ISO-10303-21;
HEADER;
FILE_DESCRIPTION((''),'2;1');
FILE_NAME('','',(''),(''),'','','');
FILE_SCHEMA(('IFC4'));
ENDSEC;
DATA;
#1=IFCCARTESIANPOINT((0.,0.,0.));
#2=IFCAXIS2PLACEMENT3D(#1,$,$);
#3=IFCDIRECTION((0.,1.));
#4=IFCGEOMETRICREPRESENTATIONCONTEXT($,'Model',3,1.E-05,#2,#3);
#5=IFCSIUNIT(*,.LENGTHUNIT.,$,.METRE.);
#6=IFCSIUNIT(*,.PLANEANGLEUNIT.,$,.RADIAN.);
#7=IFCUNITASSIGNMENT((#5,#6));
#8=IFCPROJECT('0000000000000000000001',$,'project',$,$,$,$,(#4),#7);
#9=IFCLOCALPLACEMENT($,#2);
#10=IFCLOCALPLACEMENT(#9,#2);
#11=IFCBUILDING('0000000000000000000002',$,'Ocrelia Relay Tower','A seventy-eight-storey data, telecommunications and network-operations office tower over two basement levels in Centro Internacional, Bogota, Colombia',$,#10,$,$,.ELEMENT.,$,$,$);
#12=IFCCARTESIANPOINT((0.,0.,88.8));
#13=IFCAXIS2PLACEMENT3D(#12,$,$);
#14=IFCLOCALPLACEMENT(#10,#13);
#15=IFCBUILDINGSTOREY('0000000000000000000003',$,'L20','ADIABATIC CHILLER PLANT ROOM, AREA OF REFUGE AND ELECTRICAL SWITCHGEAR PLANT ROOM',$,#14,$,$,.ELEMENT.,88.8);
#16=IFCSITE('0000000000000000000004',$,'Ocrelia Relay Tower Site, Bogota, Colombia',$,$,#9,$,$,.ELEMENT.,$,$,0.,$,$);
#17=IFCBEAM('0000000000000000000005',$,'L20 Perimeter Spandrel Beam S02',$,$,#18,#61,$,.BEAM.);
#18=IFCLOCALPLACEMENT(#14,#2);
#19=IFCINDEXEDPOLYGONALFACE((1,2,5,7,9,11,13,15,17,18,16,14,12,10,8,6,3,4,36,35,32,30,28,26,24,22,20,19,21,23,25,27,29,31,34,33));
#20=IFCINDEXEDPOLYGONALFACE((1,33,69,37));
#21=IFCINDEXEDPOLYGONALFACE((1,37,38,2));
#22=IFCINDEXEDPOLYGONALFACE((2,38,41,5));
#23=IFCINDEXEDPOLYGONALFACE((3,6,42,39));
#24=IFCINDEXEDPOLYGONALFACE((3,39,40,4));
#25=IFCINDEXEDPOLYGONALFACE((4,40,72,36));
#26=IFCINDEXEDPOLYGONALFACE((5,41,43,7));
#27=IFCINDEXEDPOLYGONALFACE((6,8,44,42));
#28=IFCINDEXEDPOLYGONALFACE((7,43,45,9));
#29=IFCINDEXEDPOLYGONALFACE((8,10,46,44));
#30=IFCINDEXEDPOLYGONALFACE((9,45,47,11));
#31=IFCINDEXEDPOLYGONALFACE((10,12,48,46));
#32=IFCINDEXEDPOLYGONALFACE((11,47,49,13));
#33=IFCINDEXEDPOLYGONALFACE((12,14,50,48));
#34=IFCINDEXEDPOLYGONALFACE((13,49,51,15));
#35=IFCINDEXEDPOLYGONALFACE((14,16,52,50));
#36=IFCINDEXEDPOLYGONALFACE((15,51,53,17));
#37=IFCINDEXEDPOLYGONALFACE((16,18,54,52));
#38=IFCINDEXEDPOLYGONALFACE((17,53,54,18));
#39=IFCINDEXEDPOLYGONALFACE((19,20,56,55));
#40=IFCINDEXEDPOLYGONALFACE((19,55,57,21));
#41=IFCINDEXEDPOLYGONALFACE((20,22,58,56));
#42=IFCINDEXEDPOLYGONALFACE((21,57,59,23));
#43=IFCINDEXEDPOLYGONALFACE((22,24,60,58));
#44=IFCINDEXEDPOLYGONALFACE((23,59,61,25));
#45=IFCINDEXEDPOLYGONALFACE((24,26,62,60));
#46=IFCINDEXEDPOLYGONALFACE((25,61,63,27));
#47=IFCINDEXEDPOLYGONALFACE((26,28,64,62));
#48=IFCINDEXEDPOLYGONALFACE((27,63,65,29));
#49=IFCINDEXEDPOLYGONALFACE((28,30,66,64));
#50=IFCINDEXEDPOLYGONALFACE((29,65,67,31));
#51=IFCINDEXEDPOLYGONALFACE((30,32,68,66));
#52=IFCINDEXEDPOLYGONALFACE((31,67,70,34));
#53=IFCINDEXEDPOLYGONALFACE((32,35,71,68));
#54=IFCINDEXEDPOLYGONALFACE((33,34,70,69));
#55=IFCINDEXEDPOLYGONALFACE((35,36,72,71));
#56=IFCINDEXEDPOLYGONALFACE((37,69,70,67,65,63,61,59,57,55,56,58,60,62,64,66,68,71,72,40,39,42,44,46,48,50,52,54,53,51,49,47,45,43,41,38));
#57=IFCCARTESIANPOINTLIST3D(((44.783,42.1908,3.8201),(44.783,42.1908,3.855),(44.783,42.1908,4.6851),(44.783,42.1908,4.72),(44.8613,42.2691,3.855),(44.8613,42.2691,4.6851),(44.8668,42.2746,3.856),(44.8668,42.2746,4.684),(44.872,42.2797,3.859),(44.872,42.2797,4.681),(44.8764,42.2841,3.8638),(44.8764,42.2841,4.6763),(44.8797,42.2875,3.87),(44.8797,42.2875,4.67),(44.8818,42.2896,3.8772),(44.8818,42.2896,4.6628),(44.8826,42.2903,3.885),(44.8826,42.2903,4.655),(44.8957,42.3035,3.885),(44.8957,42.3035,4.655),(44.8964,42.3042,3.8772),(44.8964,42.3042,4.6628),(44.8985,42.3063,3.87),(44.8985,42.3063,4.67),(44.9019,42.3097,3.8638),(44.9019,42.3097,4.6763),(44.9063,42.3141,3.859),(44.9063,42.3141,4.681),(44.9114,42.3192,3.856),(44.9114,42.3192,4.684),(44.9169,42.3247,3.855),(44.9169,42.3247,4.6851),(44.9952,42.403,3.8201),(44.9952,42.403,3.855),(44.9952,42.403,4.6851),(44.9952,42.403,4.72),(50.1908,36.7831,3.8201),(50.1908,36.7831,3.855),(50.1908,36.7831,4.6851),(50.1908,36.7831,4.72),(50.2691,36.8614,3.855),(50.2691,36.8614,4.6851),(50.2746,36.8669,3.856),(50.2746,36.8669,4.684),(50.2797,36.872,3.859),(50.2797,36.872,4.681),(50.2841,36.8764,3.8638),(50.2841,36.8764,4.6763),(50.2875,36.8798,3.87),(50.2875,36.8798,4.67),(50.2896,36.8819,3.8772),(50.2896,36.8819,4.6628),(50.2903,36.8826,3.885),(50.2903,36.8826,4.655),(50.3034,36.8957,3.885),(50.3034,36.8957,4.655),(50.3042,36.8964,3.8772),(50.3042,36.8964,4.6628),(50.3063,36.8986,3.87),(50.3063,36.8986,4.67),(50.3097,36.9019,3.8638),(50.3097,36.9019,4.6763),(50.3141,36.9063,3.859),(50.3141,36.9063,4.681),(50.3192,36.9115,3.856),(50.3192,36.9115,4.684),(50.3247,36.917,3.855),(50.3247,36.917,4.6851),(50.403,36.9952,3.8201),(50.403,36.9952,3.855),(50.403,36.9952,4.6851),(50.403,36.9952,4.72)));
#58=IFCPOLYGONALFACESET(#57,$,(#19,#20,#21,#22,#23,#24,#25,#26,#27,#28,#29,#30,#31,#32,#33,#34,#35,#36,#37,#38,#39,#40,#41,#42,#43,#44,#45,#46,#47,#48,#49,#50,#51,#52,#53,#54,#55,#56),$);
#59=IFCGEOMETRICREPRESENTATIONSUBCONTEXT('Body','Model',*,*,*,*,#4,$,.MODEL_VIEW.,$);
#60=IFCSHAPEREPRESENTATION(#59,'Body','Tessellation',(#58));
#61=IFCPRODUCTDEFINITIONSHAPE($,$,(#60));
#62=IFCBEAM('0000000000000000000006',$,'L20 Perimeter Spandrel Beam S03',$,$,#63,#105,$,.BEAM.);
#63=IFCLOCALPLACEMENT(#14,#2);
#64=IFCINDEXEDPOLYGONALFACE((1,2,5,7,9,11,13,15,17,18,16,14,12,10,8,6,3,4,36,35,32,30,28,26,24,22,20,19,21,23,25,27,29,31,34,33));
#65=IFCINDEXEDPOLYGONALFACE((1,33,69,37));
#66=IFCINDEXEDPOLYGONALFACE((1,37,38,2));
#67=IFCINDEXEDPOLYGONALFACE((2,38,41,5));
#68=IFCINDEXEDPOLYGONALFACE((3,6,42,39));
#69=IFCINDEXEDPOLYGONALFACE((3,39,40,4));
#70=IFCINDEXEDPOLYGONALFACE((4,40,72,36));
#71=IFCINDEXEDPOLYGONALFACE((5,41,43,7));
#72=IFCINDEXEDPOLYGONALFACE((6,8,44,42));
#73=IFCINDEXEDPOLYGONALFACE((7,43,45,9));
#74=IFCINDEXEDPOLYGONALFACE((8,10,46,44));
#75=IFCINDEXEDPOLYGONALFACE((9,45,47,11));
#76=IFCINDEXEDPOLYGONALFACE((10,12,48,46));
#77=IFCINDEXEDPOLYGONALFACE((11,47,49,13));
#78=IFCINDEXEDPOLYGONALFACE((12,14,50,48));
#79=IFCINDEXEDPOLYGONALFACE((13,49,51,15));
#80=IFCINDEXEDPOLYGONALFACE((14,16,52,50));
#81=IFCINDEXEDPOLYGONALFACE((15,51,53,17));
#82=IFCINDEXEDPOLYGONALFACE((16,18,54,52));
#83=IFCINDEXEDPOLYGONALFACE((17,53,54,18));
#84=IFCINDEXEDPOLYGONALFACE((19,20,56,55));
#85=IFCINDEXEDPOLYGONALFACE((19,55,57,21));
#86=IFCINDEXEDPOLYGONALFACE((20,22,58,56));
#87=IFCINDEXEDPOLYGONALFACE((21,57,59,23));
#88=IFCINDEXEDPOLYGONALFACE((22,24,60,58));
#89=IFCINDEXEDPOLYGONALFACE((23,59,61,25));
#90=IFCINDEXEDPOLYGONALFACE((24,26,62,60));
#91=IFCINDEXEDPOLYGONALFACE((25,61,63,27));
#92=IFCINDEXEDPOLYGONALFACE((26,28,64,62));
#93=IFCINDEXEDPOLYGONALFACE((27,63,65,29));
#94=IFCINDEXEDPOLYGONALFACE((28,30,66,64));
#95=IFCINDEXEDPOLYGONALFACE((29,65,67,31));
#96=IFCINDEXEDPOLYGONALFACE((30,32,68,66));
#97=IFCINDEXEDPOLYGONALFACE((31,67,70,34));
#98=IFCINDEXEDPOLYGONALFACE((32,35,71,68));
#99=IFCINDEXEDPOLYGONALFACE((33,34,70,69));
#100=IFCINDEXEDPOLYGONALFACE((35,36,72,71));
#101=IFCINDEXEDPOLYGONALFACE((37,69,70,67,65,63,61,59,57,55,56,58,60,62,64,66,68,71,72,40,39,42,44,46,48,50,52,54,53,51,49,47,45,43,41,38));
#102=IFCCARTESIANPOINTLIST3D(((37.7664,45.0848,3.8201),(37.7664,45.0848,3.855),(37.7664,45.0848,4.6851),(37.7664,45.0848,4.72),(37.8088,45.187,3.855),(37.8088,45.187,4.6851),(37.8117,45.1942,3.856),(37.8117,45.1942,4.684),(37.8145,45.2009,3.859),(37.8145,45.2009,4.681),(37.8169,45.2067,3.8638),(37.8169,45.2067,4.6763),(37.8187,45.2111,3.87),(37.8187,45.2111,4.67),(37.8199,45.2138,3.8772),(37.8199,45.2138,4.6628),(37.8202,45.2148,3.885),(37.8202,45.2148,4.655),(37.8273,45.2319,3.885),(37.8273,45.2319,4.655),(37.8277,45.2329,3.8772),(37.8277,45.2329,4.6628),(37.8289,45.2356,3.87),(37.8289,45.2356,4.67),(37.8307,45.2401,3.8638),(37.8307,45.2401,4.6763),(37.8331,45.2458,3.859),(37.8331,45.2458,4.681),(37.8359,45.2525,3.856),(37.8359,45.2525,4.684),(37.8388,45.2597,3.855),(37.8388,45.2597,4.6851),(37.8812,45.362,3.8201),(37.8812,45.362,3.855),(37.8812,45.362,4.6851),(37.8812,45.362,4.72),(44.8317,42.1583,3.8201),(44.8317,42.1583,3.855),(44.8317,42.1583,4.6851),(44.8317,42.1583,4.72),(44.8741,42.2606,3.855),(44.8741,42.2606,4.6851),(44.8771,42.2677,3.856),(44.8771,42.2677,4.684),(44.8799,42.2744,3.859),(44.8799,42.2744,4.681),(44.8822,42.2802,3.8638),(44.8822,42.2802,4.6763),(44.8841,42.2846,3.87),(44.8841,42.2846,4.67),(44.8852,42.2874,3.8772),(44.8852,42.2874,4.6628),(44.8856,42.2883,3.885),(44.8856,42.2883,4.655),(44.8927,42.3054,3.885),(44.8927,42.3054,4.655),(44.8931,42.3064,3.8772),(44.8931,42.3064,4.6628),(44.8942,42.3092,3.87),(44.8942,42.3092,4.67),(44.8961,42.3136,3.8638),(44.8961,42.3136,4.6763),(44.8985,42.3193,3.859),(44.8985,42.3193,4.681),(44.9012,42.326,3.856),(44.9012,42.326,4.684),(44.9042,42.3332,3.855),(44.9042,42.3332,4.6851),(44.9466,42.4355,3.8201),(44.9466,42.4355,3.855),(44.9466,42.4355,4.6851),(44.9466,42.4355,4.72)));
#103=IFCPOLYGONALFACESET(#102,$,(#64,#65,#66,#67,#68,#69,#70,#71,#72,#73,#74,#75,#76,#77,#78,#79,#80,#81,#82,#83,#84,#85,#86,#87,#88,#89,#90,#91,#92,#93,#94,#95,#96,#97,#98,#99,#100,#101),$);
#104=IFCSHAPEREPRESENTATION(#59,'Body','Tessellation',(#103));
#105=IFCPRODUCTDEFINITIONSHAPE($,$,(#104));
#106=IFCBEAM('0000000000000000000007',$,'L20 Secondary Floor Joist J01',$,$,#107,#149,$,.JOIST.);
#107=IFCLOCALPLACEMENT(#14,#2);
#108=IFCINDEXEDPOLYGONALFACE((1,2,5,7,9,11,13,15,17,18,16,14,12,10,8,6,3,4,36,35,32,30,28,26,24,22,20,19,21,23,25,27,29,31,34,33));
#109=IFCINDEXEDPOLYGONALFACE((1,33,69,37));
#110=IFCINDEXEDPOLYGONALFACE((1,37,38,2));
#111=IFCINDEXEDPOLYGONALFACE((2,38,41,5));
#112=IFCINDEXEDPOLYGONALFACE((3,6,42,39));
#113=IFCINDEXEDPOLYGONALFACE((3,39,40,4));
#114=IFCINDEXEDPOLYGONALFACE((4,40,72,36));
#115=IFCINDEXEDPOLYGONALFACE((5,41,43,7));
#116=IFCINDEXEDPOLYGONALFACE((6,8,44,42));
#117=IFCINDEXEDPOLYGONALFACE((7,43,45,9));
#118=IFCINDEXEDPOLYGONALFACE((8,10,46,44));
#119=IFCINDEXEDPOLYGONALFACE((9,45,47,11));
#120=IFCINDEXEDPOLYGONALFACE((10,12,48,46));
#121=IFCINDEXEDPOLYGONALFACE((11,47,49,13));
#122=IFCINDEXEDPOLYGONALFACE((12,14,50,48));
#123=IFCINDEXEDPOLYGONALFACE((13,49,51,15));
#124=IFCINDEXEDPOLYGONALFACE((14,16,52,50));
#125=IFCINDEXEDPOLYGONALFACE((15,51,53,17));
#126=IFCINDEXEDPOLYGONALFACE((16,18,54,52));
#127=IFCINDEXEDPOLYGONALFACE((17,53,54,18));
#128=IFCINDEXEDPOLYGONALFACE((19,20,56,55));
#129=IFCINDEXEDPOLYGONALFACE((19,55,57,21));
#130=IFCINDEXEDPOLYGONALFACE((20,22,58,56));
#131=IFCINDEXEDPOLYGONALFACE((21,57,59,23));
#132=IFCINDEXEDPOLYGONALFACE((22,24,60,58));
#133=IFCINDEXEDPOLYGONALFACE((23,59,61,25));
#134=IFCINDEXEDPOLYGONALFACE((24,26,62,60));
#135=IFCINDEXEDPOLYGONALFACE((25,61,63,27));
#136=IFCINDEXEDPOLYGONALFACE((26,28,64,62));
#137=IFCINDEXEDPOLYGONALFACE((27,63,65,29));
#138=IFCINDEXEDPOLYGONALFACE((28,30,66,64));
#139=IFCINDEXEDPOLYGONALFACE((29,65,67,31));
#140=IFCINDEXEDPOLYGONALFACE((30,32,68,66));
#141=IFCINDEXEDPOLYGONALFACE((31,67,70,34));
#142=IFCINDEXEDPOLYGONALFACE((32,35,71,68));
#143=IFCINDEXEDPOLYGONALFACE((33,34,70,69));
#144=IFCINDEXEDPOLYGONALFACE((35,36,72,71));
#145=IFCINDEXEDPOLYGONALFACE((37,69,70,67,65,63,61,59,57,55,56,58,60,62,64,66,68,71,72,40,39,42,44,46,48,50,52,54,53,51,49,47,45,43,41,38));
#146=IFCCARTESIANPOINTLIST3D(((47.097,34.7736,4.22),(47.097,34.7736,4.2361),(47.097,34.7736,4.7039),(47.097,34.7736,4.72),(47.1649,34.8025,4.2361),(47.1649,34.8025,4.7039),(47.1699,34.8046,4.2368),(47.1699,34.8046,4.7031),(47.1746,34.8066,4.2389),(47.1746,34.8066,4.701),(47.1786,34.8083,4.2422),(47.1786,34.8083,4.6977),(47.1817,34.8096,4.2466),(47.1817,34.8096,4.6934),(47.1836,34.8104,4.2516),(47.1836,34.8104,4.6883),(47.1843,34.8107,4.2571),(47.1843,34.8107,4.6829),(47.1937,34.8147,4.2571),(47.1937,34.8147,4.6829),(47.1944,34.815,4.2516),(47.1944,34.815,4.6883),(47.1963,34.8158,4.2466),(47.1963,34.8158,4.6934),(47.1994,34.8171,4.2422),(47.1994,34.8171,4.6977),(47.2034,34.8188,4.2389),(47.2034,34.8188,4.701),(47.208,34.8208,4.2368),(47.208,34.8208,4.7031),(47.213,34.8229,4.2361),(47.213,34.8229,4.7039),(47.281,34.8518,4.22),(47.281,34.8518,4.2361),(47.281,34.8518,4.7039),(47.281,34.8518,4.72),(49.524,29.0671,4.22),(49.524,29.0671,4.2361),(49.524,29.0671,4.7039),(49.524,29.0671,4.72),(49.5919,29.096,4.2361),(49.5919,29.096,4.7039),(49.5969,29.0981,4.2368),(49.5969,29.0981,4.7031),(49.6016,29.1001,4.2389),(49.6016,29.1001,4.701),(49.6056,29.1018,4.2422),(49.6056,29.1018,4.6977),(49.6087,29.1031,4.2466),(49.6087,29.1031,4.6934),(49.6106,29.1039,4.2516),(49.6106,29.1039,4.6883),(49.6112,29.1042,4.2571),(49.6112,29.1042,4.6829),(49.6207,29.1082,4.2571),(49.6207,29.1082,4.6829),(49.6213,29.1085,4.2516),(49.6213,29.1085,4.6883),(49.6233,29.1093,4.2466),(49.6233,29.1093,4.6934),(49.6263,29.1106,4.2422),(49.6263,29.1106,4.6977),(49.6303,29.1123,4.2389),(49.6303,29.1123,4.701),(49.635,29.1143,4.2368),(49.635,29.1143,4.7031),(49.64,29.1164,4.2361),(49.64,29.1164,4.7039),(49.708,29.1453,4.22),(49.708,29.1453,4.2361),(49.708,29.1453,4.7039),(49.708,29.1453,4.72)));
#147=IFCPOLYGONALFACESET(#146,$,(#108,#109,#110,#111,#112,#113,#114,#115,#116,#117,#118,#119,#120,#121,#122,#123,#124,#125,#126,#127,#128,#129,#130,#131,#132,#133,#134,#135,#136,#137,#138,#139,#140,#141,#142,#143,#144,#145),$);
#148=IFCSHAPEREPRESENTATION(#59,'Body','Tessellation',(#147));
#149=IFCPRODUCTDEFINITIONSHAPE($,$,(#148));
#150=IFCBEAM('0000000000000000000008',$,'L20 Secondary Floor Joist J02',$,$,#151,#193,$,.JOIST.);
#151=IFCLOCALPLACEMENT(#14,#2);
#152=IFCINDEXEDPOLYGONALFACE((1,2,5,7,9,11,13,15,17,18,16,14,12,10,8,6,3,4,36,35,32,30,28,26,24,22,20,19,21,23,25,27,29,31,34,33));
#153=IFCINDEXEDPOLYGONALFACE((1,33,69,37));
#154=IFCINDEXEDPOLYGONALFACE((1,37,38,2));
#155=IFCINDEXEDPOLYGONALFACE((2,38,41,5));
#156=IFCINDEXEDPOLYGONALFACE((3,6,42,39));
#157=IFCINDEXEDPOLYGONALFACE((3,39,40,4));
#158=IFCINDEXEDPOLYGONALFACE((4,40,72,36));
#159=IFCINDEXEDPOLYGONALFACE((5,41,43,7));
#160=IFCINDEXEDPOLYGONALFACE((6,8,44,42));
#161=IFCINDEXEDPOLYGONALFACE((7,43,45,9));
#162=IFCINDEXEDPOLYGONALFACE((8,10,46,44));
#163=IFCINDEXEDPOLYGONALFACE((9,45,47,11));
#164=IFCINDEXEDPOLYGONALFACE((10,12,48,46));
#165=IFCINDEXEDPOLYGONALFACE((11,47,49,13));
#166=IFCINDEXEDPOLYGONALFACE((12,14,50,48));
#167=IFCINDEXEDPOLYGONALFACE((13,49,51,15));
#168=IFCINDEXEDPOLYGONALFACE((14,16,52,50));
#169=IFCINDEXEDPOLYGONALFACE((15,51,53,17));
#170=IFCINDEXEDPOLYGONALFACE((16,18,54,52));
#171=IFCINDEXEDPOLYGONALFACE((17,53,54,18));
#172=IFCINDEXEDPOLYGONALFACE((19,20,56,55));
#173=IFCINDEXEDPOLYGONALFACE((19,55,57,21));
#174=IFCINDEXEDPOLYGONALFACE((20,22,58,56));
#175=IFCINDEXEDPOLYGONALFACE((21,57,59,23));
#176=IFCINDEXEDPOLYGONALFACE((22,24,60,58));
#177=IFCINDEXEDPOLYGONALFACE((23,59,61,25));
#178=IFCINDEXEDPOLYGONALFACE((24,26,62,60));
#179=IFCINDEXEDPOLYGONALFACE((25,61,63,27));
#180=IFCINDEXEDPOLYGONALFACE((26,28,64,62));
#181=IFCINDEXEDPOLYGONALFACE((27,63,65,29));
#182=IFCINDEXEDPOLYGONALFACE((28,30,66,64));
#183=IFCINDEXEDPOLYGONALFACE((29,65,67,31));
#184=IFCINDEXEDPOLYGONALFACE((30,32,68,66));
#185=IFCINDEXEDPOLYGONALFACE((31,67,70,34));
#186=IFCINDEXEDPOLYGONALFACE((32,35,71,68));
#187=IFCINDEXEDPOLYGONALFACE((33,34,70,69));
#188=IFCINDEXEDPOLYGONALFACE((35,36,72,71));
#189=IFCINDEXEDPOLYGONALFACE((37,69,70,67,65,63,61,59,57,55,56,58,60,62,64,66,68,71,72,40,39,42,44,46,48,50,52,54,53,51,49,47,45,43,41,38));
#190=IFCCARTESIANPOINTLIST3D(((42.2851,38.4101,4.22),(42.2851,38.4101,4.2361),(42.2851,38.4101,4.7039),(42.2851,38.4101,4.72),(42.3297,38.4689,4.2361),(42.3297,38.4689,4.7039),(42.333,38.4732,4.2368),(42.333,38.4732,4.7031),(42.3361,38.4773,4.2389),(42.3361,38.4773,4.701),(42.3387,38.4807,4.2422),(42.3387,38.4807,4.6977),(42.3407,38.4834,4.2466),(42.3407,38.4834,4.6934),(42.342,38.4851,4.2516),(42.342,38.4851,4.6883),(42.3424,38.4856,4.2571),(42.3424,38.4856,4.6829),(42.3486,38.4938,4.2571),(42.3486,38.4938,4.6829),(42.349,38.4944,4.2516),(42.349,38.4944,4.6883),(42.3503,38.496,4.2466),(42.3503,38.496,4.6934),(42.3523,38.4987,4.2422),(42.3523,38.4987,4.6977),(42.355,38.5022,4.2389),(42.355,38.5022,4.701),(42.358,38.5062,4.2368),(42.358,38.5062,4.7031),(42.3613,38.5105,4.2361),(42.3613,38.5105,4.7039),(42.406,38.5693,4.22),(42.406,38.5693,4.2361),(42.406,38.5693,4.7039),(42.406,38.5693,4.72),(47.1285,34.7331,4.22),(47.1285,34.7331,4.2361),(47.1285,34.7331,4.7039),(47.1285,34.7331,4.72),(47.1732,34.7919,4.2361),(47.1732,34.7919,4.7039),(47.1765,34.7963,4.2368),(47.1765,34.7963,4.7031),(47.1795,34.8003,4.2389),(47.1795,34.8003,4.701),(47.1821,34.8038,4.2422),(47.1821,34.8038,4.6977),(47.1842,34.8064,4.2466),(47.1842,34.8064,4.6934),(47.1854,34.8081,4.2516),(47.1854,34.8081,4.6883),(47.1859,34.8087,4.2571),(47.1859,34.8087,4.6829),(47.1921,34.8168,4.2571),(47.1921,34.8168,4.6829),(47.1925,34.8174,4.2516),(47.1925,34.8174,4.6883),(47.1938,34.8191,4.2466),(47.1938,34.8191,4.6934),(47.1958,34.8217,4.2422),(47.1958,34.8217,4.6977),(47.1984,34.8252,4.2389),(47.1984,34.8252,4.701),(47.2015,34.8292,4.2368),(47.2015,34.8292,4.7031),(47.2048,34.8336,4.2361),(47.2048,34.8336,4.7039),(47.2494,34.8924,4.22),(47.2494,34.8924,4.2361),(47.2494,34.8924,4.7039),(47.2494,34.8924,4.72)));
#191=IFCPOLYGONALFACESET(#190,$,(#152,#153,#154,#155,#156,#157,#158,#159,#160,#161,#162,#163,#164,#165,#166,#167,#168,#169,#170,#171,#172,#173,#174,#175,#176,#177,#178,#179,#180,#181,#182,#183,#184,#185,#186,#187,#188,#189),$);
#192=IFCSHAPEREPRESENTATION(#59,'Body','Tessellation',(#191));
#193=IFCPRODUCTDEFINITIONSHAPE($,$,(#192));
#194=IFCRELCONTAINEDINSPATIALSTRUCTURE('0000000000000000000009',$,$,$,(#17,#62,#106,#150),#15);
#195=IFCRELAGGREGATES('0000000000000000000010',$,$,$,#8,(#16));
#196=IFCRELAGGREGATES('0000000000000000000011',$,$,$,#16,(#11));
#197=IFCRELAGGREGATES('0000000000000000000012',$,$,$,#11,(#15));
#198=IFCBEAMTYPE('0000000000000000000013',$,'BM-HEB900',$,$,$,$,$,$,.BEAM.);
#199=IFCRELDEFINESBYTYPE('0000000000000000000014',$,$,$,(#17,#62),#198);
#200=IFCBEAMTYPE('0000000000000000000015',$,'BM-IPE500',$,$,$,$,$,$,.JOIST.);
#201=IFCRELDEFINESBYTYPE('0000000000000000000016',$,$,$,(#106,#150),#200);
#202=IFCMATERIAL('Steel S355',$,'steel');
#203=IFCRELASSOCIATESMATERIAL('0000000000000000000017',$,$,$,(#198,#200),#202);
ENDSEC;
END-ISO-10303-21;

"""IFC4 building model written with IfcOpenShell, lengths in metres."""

from ifc_helpers import new_model, si_unit, direction, frame, origin, origin_2d, place, context, subcontext, project, spatial, i_section, extrude, material, material_profile, profile_set, type_object, element, save


model = new_model("IFC4")

# Units and contexts
model_context = context("Model", 3, precision=1e-05, world=origin(), true_north=direction((0.0, 1.0)))
body_context = subcontext(model_context, "Body", "Model", "MODEL_VIEW")
ifc_project = project(units=[si_unit("LENGTHUNIT", "METRE"), si_unit("PLANEANGLEUNIT", "RADIAN")], contexts=[model_context])

# Site, building, storey
site_placement = place(None, origin())
site = spatial("IfcSite", under=ifc_project, at=site_placement, Name="Ocrelia Relay Tower Site, Bogota, Colombia", CompositionType="ELEMENT", RefElevation=0.0)
building_placement = place(site_placement, origin())
building = spatial("IfcBuilding", under=site, at=building_placement, Name="Ocrelia Relay Tower", Description="A seventy-eight-storey data, telecommunications and network-operations office tower over two basement levels in Centro Internacional, Bogota, Colombia", CompositionType="ELEMENT")
storey_placement = place(building_placement, frame((0.0, 0.0, 88.8)))
storey = spatial("IfcBuildingStorey", under=building, at=storey_placement, Name="L20", Description="ADIABATIC CHILLER PLANT ROOM, AREA OF REFUGE AND ELECTRICAL SWITCHGEAR PLANT ROOM", CompositionType="ELEMENT", Elevation=88.8)

# Beams
ifc_material_1 = material(Name="Steel S355", Category="steel")
ifc_material_profile_1 = material_profile(ifc_material_1, i_section(OverallWidth=0.3, OverallDepth=0.8999, WebThickness=0.0186, FlangeThickness=0.0349, FilletRadius=0.03, at=origin_2d()), Name="HEB 900")
ifc_profile_set_1 = profile_set([ifc_material_profile_1], Name="Steel S355")
beam_type_1 = type_object("IfcBeamType", Name="BM-HEB900", PredefinedType="BEAM", material=ifc_profile_set_1)
beam_1_placement = place(storey_placement, frame((50.2969, 36.8892, 4.27), z_axis=(-0.707107, 0.707107, 0.0), x_axis=(-0.707107, -0.707107, 0.0)))
element("IfcBeam", 1, at=beam_1_placement, inside=storey, type_object=beam_type_1, Name="L20 Perimeter Spandrel Beam S02", PredefinedType="BEAM", context=body_context, shape_type="SweptSolid", body=[
    extrude(i_section(OverallWidth=0.3, OverallDepth=0.8999, WebThickness=0.0186, FlangeThickness=0.0349, FilletRadius=0.03, at=origin_2d()), origin(), (0.0, 0.0, 1.0), 7.6477),
])
beam_2_placement = place(storey_placement, frame((44.8892, 42.2969, 4.27), z_axis=(-0.923883, 0.382674, 0.0), x_axis=(-0.382674, -0.923883, 0.0)))
element("IfcBeam", 2, at=beam_2_placement, inside=storey, type_object=beam_type_1, Name="L20 Perimeter Spandrel Beam S03", PredefinedType="BEAM", context=body_context, shape_type="SweptSolid", body=[
    extrude(i_section(OverallWidth=0.3, OverallDepth=0.8999, WebThickness=0.0186, FlangeThickness=0.0349, FilletRadius=0.03, at=origin_2d()), origin(), (0.0, 0.0, 1.0), 7.6475),
])
ifc_material_profile_2 = material_profile(ifc_material_1, i_section(OverallWidth=0.2, OverallDepth=0.5, WebThickness=0.0103, FlangeThickness=0.0161, FilletRadius=0.021, at=origin_2d()), Name="IPE 500")
ifc_profile_set_2 = profile_set([ifc_material_profile_2], Name="Steel S355")
beam_type_2 = type_object("IfcBeamType", Name="BM-IPE500", PredefinedType="JOIST", material=ifc_profile_set_2)
beam_3_placement = place(storey_placement, frame((49.616, 29.1062, 4.47), z_axis=(-0.391376, 0.920231, 0.0), x_axis=(-0.920231, -0.391376, 0.0)))
element("IfcBeam", 3, at=beam_3_placement, inside=storey, type_object=beam_type_2, Name="L20 Secondary Floor Joist J01", PredefinedType="JOIST", context=body_context, shape_type="SweptSolid", body=[
    extrude(i_section(OverallWidth=0.2, OverallDepth=0.5, WebThickness=0.0103, FlangeThickness=0.0161, FilletRadius=0.021, at=origin_2d()), origin(), (0.0, 0.0, 1.0), 6.2012),
])
beam_4_placement = place(storey_placement, frame((47.189, 34.8127, 4.47), z_axis=(-0.796484, 0.60466, 0.0), x_axis=(-0.60466, -0.796484, 0.0)))
element("IfcBeam", 4, at=beam_4_placement, inside=storey, type_object=beam_type_2, Name="L20 Secondary Floor Joist J02", PredefinedType="JOIST", context=body_context, shape_type="SweptSolid", body=[
    extrude(i_section(OverallWidth=0.2, OverallDepth=0.5, WebThickness=0.0103, FlangeThickness=0.0161, FilletRadius=0.021, at=origin_2d()), origin(), (0.0, 0.0, 1.0), 6.0811),
])

save(model, "model.ifc")
